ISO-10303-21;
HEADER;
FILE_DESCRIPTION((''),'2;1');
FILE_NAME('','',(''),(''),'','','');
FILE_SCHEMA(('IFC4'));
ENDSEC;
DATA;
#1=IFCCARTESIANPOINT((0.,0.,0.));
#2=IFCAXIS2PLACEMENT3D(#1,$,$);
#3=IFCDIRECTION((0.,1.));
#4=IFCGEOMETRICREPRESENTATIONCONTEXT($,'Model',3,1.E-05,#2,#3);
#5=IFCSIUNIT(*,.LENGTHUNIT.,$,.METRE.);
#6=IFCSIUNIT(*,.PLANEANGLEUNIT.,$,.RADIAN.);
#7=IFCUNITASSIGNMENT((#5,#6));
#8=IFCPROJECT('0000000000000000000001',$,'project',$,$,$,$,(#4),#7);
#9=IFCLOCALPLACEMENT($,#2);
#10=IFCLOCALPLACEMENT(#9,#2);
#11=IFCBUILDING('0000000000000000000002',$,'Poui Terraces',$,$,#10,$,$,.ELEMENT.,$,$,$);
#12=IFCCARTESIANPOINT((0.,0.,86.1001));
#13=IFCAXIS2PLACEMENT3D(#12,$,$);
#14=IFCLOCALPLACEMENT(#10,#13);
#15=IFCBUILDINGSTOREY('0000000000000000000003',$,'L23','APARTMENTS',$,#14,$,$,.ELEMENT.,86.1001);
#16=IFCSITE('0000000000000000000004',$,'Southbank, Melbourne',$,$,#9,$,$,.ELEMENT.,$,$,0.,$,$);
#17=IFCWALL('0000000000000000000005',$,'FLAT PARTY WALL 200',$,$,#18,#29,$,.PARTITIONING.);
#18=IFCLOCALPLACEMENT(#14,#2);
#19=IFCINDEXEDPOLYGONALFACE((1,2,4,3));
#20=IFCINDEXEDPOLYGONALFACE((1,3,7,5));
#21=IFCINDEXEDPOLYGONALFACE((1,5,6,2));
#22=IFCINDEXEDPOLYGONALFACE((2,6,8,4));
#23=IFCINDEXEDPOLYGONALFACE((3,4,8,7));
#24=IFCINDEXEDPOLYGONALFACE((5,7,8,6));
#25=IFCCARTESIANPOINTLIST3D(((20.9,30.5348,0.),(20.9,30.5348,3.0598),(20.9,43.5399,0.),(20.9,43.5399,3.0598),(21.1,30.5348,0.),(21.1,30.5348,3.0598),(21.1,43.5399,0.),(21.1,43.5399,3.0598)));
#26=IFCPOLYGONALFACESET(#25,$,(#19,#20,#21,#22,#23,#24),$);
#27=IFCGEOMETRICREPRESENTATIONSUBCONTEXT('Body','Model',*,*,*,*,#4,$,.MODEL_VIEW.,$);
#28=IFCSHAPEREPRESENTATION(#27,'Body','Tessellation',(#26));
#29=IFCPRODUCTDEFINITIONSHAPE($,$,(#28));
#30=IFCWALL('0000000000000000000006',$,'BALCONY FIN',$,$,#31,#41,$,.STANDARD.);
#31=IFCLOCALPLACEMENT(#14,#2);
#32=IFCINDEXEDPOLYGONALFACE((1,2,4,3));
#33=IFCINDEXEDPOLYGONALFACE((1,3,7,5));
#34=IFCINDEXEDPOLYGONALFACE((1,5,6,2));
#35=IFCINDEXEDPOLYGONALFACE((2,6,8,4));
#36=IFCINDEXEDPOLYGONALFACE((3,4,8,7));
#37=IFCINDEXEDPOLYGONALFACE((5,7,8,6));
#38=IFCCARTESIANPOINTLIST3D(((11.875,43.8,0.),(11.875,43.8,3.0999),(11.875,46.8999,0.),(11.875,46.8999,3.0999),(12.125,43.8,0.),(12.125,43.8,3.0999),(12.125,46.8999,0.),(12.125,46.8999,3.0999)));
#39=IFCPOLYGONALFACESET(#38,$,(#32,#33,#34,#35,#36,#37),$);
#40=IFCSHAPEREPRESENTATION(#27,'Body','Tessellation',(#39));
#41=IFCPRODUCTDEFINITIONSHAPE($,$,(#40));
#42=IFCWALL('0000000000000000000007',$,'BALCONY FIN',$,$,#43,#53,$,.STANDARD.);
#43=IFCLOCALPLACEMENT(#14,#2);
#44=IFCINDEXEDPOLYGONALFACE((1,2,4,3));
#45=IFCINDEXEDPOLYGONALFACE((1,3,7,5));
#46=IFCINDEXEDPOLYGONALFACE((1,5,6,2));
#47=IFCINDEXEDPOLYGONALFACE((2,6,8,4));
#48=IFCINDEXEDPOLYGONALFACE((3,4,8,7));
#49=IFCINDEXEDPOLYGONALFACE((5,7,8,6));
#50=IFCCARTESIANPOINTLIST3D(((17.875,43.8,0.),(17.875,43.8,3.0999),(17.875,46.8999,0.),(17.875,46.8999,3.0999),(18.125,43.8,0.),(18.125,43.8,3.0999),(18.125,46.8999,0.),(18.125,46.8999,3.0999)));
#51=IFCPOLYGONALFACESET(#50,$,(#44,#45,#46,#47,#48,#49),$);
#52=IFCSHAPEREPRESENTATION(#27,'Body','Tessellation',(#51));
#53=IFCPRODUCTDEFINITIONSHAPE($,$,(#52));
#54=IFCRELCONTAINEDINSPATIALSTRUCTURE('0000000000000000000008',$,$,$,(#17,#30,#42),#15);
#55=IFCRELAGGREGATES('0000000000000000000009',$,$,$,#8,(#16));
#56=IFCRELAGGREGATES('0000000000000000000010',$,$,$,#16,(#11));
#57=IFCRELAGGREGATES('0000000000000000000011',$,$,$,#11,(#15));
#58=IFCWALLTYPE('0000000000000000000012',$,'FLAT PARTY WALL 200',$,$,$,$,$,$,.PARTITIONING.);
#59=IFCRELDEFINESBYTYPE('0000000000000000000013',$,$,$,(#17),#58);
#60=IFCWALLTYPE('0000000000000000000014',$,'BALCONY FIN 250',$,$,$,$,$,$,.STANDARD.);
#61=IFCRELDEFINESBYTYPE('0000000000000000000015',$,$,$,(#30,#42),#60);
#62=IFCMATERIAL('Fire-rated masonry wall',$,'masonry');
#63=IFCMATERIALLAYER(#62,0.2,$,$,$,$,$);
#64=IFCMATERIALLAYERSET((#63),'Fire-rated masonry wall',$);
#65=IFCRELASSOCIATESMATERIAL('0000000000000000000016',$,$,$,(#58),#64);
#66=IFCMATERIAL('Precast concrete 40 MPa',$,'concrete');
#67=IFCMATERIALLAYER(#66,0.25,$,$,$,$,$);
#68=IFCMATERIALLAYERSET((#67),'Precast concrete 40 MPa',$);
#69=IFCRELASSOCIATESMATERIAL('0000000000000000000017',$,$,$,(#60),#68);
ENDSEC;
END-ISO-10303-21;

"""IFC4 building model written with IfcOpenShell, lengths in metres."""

from ifc_helpers import new_model, si_unit, direction, frame, frame_2d, origin, place, context, subcontext, project, spatial, polyline, rectangle, outline, extrude, source, transform, mapped, material, layer, layer_set, type_object, element, save


model = new_model("IFC4")

# Units and contexts
model_context = context("Model", 3, precision=1e-05, world=origin(), true_north=direction((0.0, 1.0)))
body_context = subcontext(model_context, "Body", "Model", "MODEL_VIEW")
ifc_project = project(units=[si_unit("LENGTHUNIT", "METRE"), si_unit("PLANEANGLEUNIT", "RADIAN")], contexts=[model_context])

# Site, building, storey
site_placement = place(None, origin())
site = spatial("IfcSite", under=ifc_project, at=site_placement, Name="Southbank, Melbourne", CompositionType="ELEMENT", RefElevation=0.0)
building_placement = place(site_placement, origin())
building = spatial("IfcBuilding", under=site, at=building_placement, Name="Poui Terraces", CompositionType="ELEMENT")
storey_placement = place(building_placement, frame((0.0, 0.0, 86.1001)))
storey = spatial("IfcBuildingStorey", under=building, at=storey_placement, Name="L23", Description="APARTMENTS", CompositionType="ELEMENT", Elevation=86.1001)

# Walls
ifc_material_1 = material(Name="Fire-rated masonry wall", Category="masonry")
ifc_layer_1 = layer(ifc_material_1, 0.2)
ifc_layer_set_1 = layer_set([ifc_layer_1], Name="Fire-rated masonry wall")
wall_type_1 = type_object("IfcWallType", Name="FLAT PARTY WALL 200", PredefinedType="PARTITIONING", material=ifc_layer_set_1)
wall_1_placement = place(storey_placement, frame((21.0, 30.5349, 0.0), z_axis=(0.0, 0.0, 1.0), x_axis=(0.0, 1.0, 0.0)))
element("IfcWall", 1, at=wall_1_placement, inside=storey, type_object=wall_type_1, Name="FLAT PARTY WALL 200", PredefinedType="PARTITIONING", context=body_context, shape_type="SweptSolid", body=[
    extrude(rectangle(XDim=13.0051, YDim=0.2, at=frame_2d((6.5024, 0.0))), origin(), (0.0, 0.0, 1.0), 3.0598),
])
ifc_material_2 = material(Name="Precast concrete 40 MPa", Category="concrete")
ifc_layer_2 = layer(ifc_material_2, 0.25)
ifc_layer_set_2 = layer_set([ifc_layer_2], Name="Precast concrete 40 MPa")
wall_type_2 = type_object("IfcWallType", Name="BALCONY FIN 250", PredefinedType="STANDARD", material=ifc_layer_set_2)
shared_shape_1 = source(origin(), body_context, "Body", "SweptSolid", [
    extrude(outline(polyline([(0.0, 0.0), (0.25, 0.0), (0.25, 3.0999), (0.0, 3.0999), (0.0, 0.0)])), origin(), (0.0, 0.0, 1.0), 3.0999),
])
for number, where, name in (
    (2, (11.875, 43.8, 0.0), "BALCONY FIN"),
    (3, (17.875, 43.8, 0.0), "BALCONY FIN"),
):
    element("IfcWall", number, at=place(storey_placement, frame(where)), inside=storey, type_object=wall_type_2, Name=name, PredefinedType="STANDARD", context=body_context, shape_type="MappedRepresentation", body=[
        mapped(shared_shape_1, transform((0.0, 0.0, 0.0))),
    ])

save(model, "model.ifc")
